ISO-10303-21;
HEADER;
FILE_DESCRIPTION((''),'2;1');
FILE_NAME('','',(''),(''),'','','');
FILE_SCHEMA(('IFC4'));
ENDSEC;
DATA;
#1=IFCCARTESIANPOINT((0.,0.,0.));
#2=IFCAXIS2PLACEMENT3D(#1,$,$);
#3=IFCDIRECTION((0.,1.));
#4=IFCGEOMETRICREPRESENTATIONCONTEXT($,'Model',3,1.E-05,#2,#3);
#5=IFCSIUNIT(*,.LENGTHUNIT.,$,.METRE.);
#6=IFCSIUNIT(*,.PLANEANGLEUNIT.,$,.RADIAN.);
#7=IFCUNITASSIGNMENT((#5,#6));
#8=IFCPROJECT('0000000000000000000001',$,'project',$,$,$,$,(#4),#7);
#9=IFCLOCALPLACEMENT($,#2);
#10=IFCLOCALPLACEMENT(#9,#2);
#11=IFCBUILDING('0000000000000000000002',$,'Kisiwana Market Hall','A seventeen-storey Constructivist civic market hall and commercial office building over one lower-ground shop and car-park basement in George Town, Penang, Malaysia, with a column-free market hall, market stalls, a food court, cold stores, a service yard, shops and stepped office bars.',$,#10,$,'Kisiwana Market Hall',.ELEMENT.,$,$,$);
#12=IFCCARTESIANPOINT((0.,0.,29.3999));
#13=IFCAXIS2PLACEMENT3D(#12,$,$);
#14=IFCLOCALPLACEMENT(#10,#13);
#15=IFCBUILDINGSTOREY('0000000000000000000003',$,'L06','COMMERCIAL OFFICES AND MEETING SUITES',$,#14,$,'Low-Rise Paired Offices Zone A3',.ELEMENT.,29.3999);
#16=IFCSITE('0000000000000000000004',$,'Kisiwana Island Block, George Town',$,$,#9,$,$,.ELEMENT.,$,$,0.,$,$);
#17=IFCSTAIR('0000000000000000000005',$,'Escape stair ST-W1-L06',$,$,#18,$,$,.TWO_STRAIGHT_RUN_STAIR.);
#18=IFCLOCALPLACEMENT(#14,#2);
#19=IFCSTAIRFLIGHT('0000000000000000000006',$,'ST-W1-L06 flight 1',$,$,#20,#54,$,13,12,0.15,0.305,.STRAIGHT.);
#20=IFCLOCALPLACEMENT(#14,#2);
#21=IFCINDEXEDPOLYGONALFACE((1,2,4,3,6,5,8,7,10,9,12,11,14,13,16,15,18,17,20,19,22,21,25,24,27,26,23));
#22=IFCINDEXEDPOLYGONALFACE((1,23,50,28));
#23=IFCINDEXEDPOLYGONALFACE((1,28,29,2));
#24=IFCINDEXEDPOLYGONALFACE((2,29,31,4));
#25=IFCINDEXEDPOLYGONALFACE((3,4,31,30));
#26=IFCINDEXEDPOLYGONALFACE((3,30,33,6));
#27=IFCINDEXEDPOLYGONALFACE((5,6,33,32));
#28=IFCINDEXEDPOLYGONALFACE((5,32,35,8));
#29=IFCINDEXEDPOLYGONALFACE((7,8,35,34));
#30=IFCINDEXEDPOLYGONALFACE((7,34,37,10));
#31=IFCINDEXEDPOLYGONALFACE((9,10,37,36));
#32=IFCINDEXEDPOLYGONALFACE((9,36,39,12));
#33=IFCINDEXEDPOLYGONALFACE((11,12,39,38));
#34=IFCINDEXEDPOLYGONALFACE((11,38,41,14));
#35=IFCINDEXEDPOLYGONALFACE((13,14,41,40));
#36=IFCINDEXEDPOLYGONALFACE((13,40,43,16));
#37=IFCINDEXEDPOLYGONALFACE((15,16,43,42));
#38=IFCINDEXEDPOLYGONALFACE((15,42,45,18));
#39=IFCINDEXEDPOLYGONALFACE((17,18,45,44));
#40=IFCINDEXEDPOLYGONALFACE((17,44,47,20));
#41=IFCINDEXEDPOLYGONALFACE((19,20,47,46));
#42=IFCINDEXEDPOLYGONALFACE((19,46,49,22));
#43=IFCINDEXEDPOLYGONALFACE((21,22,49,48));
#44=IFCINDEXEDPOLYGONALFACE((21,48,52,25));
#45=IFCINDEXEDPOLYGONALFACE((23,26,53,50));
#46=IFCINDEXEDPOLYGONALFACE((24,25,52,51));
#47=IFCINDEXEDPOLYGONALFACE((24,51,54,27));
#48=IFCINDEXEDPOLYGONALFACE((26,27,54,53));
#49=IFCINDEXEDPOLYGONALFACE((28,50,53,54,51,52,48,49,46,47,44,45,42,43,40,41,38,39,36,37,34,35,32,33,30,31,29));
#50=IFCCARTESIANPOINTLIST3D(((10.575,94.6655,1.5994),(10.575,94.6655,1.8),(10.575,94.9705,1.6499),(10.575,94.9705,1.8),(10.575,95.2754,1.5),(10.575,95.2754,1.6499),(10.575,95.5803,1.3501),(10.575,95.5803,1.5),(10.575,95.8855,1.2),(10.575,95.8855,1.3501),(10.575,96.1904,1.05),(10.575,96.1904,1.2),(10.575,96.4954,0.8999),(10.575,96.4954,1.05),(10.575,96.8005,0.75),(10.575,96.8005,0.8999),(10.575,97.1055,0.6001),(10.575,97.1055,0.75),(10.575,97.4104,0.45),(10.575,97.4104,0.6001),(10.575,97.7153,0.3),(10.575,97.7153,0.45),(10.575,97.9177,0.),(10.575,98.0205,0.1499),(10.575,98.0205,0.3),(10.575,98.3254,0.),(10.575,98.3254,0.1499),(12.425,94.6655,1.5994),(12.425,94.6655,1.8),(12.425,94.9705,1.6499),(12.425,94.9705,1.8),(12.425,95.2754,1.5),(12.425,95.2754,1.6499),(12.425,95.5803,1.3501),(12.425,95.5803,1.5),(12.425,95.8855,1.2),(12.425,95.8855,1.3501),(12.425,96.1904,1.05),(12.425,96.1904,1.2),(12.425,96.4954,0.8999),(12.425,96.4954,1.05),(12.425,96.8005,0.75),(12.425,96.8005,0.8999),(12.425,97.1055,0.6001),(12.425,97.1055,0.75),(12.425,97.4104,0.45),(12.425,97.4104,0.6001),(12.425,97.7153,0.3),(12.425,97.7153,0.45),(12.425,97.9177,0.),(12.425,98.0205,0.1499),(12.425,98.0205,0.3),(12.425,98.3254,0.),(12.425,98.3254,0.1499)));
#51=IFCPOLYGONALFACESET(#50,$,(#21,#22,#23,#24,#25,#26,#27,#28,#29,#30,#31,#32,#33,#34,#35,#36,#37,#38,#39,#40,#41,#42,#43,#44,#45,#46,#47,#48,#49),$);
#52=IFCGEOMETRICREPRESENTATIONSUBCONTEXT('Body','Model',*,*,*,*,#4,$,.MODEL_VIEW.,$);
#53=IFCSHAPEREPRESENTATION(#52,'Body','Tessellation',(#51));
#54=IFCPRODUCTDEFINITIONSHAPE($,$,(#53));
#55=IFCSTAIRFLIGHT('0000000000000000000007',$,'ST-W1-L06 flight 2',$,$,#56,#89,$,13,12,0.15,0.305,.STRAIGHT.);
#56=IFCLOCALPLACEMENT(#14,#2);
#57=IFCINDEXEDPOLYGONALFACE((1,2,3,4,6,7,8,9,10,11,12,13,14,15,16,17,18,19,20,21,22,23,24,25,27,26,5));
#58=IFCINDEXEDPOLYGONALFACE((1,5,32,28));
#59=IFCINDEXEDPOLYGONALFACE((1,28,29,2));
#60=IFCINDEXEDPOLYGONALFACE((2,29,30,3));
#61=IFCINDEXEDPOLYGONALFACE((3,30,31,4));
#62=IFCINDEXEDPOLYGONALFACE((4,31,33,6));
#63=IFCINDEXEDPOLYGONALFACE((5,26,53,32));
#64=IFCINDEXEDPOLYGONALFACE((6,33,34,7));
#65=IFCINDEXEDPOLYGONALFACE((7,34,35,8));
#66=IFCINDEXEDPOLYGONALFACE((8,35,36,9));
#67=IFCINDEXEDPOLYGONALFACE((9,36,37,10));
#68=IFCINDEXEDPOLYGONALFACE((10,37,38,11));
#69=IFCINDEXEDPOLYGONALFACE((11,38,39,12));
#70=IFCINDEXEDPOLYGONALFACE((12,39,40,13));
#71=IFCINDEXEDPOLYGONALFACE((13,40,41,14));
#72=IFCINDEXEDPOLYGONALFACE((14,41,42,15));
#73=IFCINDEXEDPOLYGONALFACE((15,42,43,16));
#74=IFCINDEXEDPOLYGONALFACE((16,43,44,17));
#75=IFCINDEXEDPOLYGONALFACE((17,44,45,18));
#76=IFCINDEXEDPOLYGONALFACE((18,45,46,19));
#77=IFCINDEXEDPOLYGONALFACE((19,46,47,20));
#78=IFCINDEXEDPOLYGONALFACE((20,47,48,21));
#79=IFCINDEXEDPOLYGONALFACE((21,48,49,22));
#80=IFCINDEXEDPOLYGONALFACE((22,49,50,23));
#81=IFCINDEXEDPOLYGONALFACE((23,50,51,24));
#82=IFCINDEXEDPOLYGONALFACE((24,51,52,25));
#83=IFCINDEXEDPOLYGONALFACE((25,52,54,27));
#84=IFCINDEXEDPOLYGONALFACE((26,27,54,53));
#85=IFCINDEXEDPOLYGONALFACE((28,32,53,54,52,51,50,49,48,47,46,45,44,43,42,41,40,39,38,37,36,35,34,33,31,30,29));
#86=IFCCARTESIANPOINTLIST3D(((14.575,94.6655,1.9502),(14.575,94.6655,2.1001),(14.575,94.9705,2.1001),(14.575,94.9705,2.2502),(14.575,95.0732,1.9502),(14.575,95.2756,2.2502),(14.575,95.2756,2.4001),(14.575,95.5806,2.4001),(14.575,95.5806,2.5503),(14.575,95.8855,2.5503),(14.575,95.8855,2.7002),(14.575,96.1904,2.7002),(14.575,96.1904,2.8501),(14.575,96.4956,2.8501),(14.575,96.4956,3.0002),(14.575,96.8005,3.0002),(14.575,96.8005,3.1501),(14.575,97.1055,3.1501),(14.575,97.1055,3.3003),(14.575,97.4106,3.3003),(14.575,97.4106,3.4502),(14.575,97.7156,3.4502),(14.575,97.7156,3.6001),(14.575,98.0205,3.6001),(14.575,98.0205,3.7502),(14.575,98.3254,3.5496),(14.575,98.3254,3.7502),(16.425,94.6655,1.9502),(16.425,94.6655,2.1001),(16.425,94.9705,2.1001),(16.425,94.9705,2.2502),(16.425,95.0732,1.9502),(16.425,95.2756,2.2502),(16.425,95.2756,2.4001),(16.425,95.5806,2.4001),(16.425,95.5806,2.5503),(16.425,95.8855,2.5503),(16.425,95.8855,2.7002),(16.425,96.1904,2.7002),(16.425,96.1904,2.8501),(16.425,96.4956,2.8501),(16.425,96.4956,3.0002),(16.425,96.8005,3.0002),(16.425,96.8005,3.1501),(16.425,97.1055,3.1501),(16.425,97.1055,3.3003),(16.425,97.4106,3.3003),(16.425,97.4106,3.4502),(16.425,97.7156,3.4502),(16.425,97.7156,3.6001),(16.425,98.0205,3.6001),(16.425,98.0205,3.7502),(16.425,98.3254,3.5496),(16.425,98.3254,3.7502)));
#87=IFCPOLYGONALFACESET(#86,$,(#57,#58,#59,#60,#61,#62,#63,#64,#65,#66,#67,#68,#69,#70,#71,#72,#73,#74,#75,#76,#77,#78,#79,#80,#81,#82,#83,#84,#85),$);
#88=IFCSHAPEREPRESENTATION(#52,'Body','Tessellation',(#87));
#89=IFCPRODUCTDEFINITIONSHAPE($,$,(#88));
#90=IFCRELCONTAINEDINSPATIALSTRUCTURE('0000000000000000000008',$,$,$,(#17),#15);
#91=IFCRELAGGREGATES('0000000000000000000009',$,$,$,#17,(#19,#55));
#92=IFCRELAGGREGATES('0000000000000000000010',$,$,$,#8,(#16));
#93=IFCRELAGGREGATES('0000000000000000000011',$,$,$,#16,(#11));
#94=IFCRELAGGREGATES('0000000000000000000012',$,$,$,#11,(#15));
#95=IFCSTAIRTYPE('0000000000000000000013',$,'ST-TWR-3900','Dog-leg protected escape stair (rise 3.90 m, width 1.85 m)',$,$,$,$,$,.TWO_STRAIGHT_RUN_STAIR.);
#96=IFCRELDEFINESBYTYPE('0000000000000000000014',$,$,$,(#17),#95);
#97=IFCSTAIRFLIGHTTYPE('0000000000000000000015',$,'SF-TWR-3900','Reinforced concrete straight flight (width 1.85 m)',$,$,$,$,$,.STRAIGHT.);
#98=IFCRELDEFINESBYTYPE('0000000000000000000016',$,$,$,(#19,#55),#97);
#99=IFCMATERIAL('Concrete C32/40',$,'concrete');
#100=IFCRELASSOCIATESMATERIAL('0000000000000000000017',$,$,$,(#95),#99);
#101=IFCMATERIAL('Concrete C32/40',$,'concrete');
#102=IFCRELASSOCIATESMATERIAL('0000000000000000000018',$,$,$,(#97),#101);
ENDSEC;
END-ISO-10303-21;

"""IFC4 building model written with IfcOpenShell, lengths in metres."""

from ifc_helpers import new_model, si_unit, direction, frame, origin, place, context, subcontext, project, spatial, polyline, outline, extrude, material, type_object, element, aggregate, save


model = new_model("IFC4")

# Units and contexts
model_context = context("Model", 3, precision=1e-05, world=origin(), true_north=direction((0.0, 1.0)))
body_context = subcontext(model_context, "Body", "Model", "MODEL_VIEW")
ifc_project = project(units=[si_unit("LENGTHUNIT", "METRE"), si_unit("PLANEANGLEUNIT", "RADIAN")], contexts=[model_context])

# Site, building, storey
site_placement = place(None, origin())
site = spatial("IfcSite", under=ifc_project, at=site_placement, Name="Kisiwana Island Block, George Town", CompositionType="ELEMENT", RefElevation=0.0)
building_placement = place(site_placement, origin())
building = spatial("IfcBuilding", under=site, at=building_placement, Name="Kisiwana Market Hall", Description="A seventeen-storey Constructivist civic market hall and commercial office building over one lower-ground shop and car-park basement in George Town, Penang, Malaysia, with a column-free market hall, market stalls, a food court, cold stores, a service yard, shops and stepped office bars.", LongName="Kisiwana Market Hall", CompositionType="ELEMENT")
storey_placement = place(building_placement, frame((0.0, 0.0, 29.3999)))
storey = spatial("IfcBuildingStorey", under=building, at=storey_placement, Name="L06", Description="COMMERCIAL OFFICES AND MEETING SUITES", LongName="Low-Rise Paired Offices Zone A3", CompositionType="ELEMENT", Elevation=29.3999)

# Stair, stair flights
ifc_material_1 = material(Name="Concrete C32/40", Category="concrete")
stair_type = type_object("IfcStairType", Name="ST-TWR-3900", Description="Dog-leg protected escape stair (rise 3.90 m, width 1.85 m)", PredefinedType="TWO_STRAIGHT_RUN_STAIR", material=ifc_material_1)
stair_placement = place(storey_placement, origin())
stair = element("IfcStair", 1, at=stair_placement, inside=storey, type_object=stair_type, Name="Escape stair ST-W1-L06", PredefinedType="TWO_STRAIGHT_RUN_STAIR")
ifc_material_2 = material(Name="Concrete C32/40", Category="concrete")
stair_flight_type = type_object("IfcStairFlightType", Name="SF-TWR-3900", Description="Reinforced concrete straight flight (width 1.85 m)", PredefinedType="STRAIGHT", material=ifc_material_2)
stair_flight_1_placement = place(storey_placement, frame((11.5, 98.3254, 0.0), z_axis=(0.0, 0.0, 1.0), x_axis=(0.0, -1.0, 0.0)))
stair_flight_1 = element("IfcStairFlight", 2, at=stair_flight_1_placement, type_object=stair_flight_type, Name="ST-W1-L06 flight 1", NumberOfRisers=13, NumberOfTreads=12, PredefinedType="STRAIGHT", RiserHeight=0.15, TreadLength=0.305, context=body_context, shape_type="SweptSolid", body=[
    extrude(outline(polyline([(0.0, 0.0), (0.0, 0.1499), (0.3049, 0.1499), (0.3049, 0.3), (0.6101, 0.3), (0.6101, 0.45), (0.915, 0.45), (0.915, 0.6001), (1.22, 0.6001), (1.22, 0.75), (1.5249, 0.75), (1.5249, 0.8999), (1.8301, 0.8999), (1.8301, 1.05), (2.135, 1.05), (2.135, 1.2), (2.4399, 1.2), (2.4399, 1.3501), (2.7451, 1.3501), (2.7451, 1.5), (3.05, 1.5), (3.05, 1.6499), (3.355, 1.6499), (3.355, 1.8), (3.6599, 1.8), (3.6599, 1.95), (3.6599, 1.5994), (0.4077, 0.0), (0.0, 0.0)])), frame((0.0, 0.925, 0.0), z_axis=(0.0, -1.0, 0.0), x_axis=(1.0, 0.0, 0.0)), (0.0, 0.0, 1.0), 1.8501),
])
stair_flight_2_placement = place(storey_placement, frame((15.5, 94.6655, 1.9502), z_axis=(0.0, 0.0, 1.0), x_axis=(0.0, 1.0, 0.0)))
stair_flight_2 = element("IfcStairFlight", 3, at=stair_flight_2_placement, type_object=stair_flight_type, Name="ST-W1-L06 flight 2", NumberOfRisers=13, NumberOfTreads=12, PredefinedType="STRAIGHT", RiserHeight=0.15, TreadLength=0.305, context=body_context, shape_type="SweptSolid", body=[
    extrude(outline(polyline([(0.0, 0.0), (0.0, 0.1499), (0.3049, 0.1499), (0.3049, 0.3), (0.6101, 0.3), (0.6101, 0.45), (0.915, 0.45), (0.915, 0.6001), (1.22, 0.6001), (1.22, 0.75), (1.5249, 0.75), (1.5249, 0.8999), (1.8301, 0.8999), (1.8301, 1.05), (2.135, 1.05), (2.135, 1.2), (2.4399, 1.2), (2.4399, 1.3501), (2.7451, 1.3501), (2.7451, 1.5), (3.05, 1.5), (3.05, 1.6499), (3.355, 1.6499), (3.355, 1.8), (3.6599, 1.8), (3.6599, 1.95), (3.6599, 1.5994), (0.4077, 0.0), (0.0, 0.0)])), frame((0.0, 0.925, 0.0), z_axis=(0.0, -1.0, 0.0), x_axis=(1.0, 0.0, 0.0)), (0.0, 0.0, 1.0), 1.8501),
])
aggregate(stair, [stair_flight_1, stair_flight_2])

save(model, "model.ifc")
